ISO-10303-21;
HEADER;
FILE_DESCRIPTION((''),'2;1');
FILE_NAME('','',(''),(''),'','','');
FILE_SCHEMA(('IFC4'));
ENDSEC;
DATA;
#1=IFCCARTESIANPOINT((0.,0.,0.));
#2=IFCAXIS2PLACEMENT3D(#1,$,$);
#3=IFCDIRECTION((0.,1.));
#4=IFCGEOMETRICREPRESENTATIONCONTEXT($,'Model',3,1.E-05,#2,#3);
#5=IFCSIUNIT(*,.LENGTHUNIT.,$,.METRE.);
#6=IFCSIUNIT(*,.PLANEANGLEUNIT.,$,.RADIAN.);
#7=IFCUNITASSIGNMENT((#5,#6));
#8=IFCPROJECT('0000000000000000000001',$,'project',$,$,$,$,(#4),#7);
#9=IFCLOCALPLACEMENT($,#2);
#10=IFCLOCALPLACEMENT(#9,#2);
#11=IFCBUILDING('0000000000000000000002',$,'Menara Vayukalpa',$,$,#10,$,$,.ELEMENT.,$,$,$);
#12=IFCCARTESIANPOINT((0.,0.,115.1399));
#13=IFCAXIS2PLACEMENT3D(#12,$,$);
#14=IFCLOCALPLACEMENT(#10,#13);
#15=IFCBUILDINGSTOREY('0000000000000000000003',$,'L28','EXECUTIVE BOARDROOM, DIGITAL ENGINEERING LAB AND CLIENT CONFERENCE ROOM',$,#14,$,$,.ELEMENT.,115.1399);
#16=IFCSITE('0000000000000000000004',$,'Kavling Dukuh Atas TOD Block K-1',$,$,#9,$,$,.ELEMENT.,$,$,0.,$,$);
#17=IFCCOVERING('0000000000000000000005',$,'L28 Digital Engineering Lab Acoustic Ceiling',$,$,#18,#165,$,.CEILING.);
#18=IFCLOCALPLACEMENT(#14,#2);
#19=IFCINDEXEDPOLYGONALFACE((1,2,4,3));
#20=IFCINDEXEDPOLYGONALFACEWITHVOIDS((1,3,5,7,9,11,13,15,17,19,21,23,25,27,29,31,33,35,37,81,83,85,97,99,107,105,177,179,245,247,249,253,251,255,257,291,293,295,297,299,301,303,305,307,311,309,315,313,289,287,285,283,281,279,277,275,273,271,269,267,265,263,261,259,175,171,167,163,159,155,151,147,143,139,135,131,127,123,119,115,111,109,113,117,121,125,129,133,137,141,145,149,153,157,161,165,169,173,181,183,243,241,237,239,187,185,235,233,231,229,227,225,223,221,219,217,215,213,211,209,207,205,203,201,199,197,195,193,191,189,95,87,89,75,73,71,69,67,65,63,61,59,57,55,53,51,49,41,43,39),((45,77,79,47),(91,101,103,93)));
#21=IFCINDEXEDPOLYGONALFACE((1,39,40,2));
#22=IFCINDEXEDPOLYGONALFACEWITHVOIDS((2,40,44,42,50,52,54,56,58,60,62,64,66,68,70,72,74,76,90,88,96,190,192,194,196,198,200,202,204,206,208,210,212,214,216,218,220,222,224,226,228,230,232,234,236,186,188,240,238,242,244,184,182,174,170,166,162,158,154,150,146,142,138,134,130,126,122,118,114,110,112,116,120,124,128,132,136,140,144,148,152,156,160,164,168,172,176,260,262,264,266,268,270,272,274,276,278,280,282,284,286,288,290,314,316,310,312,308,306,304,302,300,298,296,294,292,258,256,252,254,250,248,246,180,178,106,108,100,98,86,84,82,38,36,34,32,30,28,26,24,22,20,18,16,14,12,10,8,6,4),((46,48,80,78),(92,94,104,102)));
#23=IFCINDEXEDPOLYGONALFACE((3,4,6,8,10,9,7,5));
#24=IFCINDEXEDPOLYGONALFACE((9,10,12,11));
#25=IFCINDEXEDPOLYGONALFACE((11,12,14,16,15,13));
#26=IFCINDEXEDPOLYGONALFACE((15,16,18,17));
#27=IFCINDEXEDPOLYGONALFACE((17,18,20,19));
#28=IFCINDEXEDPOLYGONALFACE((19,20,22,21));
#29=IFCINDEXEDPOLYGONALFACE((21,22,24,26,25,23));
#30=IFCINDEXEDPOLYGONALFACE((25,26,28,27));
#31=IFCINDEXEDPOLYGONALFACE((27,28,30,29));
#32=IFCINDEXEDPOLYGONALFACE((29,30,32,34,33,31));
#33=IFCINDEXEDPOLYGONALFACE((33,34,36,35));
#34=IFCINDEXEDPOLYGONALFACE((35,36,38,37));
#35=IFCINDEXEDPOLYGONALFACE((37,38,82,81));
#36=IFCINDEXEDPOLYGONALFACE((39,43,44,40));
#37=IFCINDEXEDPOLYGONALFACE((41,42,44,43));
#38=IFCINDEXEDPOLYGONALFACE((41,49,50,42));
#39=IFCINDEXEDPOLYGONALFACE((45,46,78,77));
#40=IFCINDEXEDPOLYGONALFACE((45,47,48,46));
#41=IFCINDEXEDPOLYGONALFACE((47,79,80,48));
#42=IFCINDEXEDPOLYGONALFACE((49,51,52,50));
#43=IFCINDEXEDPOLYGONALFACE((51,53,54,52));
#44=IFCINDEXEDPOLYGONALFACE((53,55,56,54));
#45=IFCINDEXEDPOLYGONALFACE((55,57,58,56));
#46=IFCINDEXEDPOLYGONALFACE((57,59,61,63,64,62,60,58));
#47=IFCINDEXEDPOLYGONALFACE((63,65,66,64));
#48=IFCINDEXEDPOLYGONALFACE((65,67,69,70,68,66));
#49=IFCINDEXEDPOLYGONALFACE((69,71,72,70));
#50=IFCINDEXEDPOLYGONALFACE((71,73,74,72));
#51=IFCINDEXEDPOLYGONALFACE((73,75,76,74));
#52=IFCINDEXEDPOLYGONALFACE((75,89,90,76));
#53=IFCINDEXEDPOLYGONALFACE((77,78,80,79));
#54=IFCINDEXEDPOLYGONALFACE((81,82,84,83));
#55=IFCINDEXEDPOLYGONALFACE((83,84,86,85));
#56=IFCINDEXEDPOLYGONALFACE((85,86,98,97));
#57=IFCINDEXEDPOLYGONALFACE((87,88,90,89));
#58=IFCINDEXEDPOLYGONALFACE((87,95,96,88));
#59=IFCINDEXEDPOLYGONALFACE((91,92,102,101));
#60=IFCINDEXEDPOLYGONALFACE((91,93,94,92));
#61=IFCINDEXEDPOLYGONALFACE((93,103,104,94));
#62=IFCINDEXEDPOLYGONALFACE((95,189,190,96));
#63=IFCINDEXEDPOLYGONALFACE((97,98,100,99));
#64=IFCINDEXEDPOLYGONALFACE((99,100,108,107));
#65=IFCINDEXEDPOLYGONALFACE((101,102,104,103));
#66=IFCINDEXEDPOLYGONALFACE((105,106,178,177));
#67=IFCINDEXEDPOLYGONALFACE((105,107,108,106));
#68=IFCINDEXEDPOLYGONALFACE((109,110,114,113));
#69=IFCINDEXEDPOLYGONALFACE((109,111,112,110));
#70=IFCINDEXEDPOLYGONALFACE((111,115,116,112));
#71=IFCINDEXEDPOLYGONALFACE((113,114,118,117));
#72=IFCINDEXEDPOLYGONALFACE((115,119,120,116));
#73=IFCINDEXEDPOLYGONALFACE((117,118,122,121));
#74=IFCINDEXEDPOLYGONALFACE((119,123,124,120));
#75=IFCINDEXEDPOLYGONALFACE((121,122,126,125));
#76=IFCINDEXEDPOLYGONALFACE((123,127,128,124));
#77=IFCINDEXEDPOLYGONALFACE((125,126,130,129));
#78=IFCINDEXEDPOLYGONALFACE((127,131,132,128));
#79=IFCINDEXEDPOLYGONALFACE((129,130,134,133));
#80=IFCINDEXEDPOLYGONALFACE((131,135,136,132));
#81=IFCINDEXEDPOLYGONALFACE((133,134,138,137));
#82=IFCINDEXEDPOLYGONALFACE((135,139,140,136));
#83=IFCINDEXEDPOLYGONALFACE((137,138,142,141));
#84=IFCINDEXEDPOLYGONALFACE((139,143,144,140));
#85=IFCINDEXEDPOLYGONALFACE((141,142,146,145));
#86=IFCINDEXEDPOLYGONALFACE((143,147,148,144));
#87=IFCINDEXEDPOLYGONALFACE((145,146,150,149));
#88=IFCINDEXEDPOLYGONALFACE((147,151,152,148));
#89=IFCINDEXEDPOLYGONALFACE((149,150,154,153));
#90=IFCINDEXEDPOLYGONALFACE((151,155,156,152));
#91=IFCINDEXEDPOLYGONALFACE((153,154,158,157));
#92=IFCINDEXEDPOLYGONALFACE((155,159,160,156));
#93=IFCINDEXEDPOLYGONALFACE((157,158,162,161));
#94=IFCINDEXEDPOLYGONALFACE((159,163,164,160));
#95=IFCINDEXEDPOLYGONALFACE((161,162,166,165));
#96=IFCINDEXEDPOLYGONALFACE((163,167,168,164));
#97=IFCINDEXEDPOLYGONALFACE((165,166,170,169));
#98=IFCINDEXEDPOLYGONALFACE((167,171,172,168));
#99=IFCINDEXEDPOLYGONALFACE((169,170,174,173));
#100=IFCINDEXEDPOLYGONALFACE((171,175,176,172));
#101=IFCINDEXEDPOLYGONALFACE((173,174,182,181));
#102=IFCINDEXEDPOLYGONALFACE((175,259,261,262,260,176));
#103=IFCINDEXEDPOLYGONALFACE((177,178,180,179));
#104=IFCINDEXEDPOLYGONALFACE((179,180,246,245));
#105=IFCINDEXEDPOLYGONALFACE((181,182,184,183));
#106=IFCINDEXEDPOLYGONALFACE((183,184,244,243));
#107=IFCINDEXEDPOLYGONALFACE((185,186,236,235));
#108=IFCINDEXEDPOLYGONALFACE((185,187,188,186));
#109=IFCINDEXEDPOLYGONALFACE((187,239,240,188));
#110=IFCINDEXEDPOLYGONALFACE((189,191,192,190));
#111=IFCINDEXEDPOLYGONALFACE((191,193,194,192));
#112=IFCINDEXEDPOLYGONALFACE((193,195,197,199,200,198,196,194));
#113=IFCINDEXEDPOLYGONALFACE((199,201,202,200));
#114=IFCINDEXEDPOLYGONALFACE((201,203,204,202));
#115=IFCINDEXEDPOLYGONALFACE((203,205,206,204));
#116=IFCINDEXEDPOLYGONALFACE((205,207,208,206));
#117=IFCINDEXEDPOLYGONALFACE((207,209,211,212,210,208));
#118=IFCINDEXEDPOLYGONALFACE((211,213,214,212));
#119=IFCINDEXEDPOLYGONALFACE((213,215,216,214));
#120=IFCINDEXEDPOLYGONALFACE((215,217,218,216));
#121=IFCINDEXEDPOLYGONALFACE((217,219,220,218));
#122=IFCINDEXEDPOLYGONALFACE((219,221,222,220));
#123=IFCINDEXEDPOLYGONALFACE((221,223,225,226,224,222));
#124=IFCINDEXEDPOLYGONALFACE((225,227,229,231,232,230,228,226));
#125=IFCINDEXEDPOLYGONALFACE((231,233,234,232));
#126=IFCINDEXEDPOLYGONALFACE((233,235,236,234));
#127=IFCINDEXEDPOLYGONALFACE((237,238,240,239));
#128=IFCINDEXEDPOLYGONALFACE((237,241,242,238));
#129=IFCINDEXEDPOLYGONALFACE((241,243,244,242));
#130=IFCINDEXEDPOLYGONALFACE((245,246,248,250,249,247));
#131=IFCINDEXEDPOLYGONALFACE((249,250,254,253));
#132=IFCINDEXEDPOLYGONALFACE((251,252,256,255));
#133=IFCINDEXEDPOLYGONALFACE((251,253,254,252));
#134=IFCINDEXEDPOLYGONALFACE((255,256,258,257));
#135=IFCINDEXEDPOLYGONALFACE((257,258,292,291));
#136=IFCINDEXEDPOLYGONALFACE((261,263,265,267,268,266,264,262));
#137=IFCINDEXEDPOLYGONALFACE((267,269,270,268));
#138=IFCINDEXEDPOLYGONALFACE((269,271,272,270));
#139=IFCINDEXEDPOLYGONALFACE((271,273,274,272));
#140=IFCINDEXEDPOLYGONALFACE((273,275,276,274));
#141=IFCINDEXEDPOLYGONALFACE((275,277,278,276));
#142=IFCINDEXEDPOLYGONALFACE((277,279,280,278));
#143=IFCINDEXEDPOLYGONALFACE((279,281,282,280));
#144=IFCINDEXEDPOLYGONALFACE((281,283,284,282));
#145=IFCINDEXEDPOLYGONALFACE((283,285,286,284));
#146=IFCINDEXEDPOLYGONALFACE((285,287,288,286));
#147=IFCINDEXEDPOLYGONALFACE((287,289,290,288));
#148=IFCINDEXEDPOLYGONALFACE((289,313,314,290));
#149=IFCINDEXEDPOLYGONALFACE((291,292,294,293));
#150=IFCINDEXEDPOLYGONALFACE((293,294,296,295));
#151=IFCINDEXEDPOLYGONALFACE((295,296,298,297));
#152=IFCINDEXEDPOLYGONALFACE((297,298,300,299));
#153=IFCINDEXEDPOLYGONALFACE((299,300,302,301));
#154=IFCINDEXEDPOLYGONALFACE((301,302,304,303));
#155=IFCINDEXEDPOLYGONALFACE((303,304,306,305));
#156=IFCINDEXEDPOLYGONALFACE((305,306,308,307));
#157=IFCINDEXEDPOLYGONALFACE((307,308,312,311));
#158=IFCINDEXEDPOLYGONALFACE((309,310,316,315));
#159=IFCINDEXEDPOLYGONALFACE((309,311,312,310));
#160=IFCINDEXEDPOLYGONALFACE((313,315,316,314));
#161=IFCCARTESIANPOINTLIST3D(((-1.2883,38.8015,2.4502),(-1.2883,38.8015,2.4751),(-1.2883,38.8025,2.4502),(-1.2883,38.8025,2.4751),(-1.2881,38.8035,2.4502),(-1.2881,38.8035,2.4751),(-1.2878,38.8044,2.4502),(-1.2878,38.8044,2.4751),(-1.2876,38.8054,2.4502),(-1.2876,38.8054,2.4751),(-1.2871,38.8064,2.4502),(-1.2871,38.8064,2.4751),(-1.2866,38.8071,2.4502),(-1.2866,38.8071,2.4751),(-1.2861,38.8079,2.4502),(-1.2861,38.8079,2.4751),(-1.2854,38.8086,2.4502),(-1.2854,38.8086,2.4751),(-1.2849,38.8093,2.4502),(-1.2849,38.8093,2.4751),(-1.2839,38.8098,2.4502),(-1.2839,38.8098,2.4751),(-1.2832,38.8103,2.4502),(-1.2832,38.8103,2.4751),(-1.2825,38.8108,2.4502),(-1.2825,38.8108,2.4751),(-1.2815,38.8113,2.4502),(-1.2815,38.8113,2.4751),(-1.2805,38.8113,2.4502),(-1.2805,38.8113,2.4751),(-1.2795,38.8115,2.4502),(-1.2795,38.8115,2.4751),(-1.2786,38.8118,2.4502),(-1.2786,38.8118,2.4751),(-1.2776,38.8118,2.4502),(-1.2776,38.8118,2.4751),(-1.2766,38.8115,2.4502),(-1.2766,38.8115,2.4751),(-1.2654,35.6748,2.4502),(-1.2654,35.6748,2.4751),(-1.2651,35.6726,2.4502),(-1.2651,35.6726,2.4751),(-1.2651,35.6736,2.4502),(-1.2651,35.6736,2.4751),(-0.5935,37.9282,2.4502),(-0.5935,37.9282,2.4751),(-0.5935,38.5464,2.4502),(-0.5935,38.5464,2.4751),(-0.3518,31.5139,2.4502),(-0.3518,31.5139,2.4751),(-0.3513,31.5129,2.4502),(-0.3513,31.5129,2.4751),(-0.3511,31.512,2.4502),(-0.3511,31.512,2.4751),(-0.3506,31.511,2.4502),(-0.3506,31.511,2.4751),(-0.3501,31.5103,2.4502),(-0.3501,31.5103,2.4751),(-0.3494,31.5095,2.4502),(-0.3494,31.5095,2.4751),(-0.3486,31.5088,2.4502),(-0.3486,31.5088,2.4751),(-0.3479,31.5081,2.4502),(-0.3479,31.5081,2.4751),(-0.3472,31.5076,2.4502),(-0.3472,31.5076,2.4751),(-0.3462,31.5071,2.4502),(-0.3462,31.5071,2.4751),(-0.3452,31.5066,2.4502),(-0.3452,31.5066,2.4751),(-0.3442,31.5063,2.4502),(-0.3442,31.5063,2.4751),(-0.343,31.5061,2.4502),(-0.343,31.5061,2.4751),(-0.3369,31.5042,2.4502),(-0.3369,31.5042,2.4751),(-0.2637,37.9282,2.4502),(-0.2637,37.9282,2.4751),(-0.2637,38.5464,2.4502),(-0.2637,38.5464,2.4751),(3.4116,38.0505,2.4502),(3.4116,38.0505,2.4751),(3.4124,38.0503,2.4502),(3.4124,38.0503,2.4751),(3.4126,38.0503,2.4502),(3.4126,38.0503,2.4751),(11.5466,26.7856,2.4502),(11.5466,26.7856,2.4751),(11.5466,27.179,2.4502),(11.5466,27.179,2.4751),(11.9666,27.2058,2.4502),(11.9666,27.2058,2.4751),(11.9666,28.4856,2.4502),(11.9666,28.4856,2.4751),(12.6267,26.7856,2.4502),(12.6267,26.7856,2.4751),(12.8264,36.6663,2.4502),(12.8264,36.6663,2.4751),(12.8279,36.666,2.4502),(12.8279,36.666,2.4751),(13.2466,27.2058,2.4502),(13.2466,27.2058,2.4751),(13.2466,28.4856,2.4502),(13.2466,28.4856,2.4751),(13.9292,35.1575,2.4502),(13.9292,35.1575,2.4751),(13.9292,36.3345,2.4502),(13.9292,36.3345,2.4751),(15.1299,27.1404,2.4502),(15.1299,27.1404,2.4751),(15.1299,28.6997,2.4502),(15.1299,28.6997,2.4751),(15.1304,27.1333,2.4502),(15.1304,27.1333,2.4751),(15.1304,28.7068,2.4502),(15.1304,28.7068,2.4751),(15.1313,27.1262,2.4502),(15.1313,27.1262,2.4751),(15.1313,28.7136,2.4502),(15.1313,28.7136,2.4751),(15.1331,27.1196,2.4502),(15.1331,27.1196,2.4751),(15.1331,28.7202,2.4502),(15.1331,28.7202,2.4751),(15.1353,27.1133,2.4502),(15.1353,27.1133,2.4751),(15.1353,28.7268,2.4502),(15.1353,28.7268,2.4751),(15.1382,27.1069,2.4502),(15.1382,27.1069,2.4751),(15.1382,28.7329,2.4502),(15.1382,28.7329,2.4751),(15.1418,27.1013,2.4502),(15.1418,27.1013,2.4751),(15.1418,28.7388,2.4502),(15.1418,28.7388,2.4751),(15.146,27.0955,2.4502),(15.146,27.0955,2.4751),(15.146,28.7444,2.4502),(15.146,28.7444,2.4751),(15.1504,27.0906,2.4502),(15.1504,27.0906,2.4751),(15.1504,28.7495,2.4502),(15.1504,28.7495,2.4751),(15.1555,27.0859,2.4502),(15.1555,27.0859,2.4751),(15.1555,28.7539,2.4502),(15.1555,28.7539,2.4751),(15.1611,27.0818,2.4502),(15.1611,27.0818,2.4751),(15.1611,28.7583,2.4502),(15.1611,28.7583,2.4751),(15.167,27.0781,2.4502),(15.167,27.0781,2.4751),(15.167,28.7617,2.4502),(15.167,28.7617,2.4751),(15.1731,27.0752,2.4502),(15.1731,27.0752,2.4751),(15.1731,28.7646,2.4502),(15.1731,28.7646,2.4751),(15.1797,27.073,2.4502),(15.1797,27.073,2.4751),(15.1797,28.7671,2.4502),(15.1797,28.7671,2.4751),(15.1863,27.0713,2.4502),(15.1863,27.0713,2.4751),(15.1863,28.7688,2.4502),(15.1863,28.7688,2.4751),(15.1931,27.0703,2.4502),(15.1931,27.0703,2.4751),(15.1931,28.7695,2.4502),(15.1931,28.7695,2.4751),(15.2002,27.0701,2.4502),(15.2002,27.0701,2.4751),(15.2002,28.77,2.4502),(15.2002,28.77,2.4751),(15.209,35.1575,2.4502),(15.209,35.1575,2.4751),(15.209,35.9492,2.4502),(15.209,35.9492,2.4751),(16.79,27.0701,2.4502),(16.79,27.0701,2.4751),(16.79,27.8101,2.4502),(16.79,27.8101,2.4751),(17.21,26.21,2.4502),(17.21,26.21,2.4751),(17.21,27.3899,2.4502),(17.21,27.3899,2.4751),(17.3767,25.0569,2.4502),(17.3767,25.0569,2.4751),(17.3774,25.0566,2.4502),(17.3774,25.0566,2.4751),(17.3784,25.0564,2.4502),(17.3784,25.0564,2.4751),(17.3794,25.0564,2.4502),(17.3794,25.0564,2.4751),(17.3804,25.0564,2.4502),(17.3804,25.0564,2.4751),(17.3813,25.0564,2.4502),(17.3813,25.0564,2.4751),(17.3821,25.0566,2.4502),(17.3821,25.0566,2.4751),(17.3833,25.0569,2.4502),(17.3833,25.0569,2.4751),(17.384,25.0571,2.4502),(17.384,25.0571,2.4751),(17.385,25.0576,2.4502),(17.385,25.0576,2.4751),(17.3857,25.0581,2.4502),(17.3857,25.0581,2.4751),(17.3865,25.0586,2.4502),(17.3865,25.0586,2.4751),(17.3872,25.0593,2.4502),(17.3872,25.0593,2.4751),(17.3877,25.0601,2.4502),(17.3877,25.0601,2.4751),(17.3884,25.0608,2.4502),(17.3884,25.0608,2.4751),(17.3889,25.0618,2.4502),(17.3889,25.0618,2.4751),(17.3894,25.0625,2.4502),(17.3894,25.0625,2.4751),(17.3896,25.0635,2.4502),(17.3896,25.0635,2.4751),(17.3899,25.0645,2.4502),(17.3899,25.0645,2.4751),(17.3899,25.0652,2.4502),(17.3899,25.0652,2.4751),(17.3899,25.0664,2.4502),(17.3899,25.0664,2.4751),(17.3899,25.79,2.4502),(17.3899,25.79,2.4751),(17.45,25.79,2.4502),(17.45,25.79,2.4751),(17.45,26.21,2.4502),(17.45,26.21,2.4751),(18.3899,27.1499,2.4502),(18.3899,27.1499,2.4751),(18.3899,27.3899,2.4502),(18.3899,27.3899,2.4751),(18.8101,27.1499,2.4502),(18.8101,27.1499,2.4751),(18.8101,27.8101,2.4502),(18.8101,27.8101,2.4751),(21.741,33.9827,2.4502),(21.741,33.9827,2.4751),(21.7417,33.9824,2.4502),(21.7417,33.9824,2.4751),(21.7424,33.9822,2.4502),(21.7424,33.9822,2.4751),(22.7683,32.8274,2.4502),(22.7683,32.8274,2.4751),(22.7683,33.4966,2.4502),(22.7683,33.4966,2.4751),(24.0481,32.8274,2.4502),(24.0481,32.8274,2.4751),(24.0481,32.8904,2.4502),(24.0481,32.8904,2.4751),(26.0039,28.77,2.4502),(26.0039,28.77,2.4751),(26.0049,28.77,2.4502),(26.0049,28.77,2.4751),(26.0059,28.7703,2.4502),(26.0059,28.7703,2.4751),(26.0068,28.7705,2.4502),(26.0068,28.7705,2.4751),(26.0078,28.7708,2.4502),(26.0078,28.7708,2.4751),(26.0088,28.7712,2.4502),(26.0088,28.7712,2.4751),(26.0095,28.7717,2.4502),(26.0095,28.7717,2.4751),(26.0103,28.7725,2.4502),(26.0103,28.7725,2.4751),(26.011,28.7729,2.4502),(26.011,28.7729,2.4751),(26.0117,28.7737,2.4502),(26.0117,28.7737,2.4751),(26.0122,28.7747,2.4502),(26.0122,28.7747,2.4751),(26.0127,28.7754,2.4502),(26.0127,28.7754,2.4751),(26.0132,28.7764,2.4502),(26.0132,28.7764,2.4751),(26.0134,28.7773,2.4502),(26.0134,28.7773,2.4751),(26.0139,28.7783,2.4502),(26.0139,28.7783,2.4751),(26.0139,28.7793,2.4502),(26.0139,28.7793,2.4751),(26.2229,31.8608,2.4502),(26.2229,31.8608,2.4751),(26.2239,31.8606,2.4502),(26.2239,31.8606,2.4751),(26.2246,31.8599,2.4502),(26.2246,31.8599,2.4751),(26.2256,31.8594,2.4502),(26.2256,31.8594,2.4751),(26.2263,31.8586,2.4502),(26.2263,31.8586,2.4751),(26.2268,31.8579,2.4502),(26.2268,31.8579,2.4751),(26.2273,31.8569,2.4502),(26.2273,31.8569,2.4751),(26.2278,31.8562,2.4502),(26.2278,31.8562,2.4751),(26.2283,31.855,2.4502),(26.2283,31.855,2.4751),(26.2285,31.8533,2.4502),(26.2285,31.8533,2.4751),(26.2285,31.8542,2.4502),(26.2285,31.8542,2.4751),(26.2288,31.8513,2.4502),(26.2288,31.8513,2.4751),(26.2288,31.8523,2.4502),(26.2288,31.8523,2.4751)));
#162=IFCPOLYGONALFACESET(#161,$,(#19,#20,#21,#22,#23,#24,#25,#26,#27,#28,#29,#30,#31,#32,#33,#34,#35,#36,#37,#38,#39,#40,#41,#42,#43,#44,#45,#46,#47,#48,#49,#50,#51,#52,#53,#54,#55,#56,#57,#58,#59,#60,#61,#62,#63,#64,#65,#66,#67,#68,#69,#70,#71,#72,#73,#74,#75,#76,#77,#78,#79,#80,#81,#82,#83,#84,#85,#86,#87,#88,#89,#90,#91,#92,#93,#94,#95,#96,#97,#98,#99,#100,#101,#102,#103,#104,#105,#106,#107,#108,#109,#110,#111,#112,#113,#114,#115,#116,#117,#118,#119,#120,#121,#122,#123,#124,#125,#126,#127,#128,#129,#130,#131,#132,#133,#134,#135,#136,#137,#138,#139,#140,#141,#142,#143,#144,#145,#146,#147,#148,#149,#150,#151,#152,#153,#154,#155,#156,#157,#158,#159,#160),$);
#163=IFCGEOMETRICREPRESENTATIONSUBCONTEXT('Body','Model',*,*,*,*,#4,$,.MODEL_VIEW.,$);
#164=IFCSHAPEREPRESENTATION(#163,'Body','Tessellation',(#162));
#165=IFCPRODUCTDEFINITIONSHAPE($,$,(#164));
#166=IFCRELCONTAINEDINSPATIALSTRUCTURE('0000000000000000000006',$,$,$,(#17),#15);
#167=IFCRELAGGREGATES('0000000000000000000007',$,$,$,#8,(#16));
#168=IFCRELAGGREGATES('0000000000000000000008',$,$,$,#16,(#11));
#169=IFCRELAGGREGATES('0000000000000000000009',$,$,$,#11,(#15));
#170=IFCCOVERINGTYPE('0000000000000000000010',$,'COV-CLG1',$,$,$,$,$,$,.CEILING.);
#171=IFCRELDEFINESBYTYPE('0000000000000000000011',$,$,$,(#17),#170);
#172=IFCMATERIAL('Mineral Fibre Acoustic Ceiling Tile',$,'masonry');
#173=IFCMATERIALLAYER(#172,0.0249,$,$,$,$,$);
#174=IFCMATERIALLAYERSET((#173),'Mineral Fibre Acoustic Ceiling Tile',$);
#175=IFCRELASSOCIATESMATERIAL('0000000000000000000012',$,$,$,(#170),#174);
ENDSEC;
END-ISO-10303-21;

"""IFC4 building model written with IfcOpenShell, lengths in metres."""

from ifc_helpers import new_model, si_unit, direction, frame, origin, place, context, subcontext, project, spatial, polyline, outline, extrude, material, layer, layer_set, type_object, element, save


model = new_model("IFC4")

# Units and contexts
model_context = context("Model", 3, precision=1e-05, world=origin(), true_north=direction((0.0, 1.0)))
body_context = subcontext(model_context, "Body", "Model", "MODEL_VIEW")
ifc_project = project(units=[si_unit("LENGTHUNIT", "METRE"), si_unit("PLANEANGLEUNIT", "RADIAN")], contexts=[model_context])

# Site, building, storey
site_placement = place(None, origin())
site = spatial("IfcSite", under=ifc_project, at=site_placement, Name="Kavling Dukuh Atas TOD Block K-1", CompositionType="ELEMENT", RefElevation=0.0)
building_placement = place(site_placement, origin())
building = spatial("IfcBuilding", under=site, at=building_placement, Name="Menara Vayukalpa", CompositionType="ELEMENT")
storey_placement = place(building_placement, frame((0.0, 0.0, 115.1399)))
storey = spatial("IfcBuildingStorey", under=building, at=storey_placement, Name="L28", Description="EXECUTIVE BOARDROOM, DIGITAL ENGINEERING LAB AND CLIENT CONFERENCE ROOM", CompositionType="ELEMENT", Elevation=115.1399)

# Covering
ifc_material_1 = material(Name="Mineral Fibre Acoustic Ceiling Tile", Category="masonry")
ifc_layer_1 = layer(ifc_material_1, 0.0249)
ifc_layer_set_1 = layer_set([ifc_layer_1], Name="Mineral Fibre Acoustic Ceiling Tile")
covering_type_1 = type_object("IfcCoveringType", Name="COV-CLG1", PredefinedType="CEILING", material=ifc_layer_set_1)
covering_1_placement = place(storey_placement, frame((0.0, 0.0, 2.4502)))
element("IfcCovering", 1, at=covering_1_placement, inside=storey, type_object=covering_type_1, Name="L28 Digital Engineering Lab Acoustic Ceiling", PredefinedType="CEILING", context=body_context, shape_type="SweptSolid", body=[
    extrude(outline(polyline([(18.8101, 27.1499), (18.3899, 27.1499), (18.3899, 27.3899), (17.21, 27.3899), (17.21, 26.21), (17.45, 26.21), (17.45, 25.79), (17.3899, 25.79), (17.3899, 25.0664), (17.3899, 25.0652), (17.3899, 25.0645), (17.3896, 25.0635), (17.3894, 25.0625), (17.3889, 25.0618), (17.3884, 25.0608), (17.3877, 25.0601), (17.3872, 25.0593), (17.3865, 25.0586), (17.3857, 25.0581), (17.385, 25.0576), (17.384, 25.0571), (17.3833, 25.0569), (17.3821, 25.0566), (17.3813, 25.0564), (17.3804, 25.0564), (17.3794, 25.0564), (17.3784, 25.0564), (17.3774, 25.0566), (17.3767, 25.0569), (12.6267, 26.7856), (11.5466, 26.7856), (11.5466, 27.179), (-0.3369, 31.5042), (-0.343, 31.5061), (-0.3442, 31.5063), (-0.3452, 31.5066), (-0.3462, 31.5071), (-0.3472, 31.5076), (-0.3479, 31.5081), (-0.3486, 31.5088), (-0.3494, 31.5095), (-0.3501, 31.5103), (-0.3506, 31.511), (-0.3511, 31.512), (-0.3513, 31.5129), (-0.3518, 31.5139), (-1.2651, 35.6726), (-1.2651, 35.6736), (-1.2654, 35.6748), (-1.2883, 38.8015), (-1.2883, 38.8025), (-1.2881, 38.8035), (-1.2878, 38.8044), (-1.2876, 38.8054), (-1.2871, 38.8064), (-1.2866, 38.8071), (-1.2861, 38.8079), (-1.2854, 38.8086), (-1.2849, 38.8093), (-1.2839, 38.8098), (-1.2832, 38.8103), (-1.2825, 38.8108), (-1.2815, 38.8113), (-1.2805, 38.8113), (-1.2795, 38.8115), (-1.2786, 38.8118), (-1.2776, 38.8118), (-1.2766, 38.8115), (3.4116, 38.0505), (3.4124, 38.0503), (3.4126, 38.0503), (12.8264, 36.6663), (12.8279, 36.666), (13.9292, 36.3345), (13.9292, 35.1575), (15.209, 35.1575), (15.209, 35.9492), (21.741, 33.9827), (21.7417, 33.9824), (21.7424, 33.9822), (22.7683, 33.4966), (22.7683, 32.8274), (24.0481, 32.8274), (24.0481, 32.8904), (26.2229, 31.8608), (26.2239, 31.8606), (26.2246, 31.8599), (26.2256, 31.8594), (26.2263, 31.8586), (26.2268, 31.8579), (26.2273, 31.8569), (26.2278, 31.8562), (26.2283, 31.855), (26.2285, 31.8542), (26.2285, 31.8533), (26.2288, 31.8523), (26.2288, 31.8513), (26.0139, 28.7793), (26.0139, 28.7783), (26.0134, 28.7773), (26.0132, 28.7764), (26.0127, 28.7754), (26.0122, 28.7747), (26.0117, 28.7737), (26.011, 28.7729), (26.0103, 28.7725), (26.0095, 28.7717), (26.0088, 28.7712), (26.0078, 28.7708), (26.0068, 28.7705), (26.0059, 28.7703), (26.0049, 28.77), (26.0039, 28.77), (15.2002, 28.77), (15.1931, 28.7695), (15.1863, 28.7688), (15.1797, 28.7671), (15.1731, 28.7646), (15.167, 28.7617), (15.1611, 28.7583), (15.1555, 28.7539), (15.1504, 28.7495), (15.146, 28.7444), (15.1418, 28.7388), (15.1382, 28.7329), (15.1353, 28.7268), (15.1331, 28.7202), (15.1313, 28.7136), (15.1304, 28.7068), (15.1299, 28.6997), (15.1299, 27.1404), (15.1304, 27.1333), (15.1313, 27.1262), (15.1331, 27.1196), (15.1353, 27.1133), (15.1382, 27.1069), (15.1418, 27.1013), (15.146, 27.0955), (15.1504, 27.0906), (15.1555, 27.0859), (15.1611, 27.0818), (15.167, 27.0781), (15.1731, 27.0752), (15.1797, 27.073), (15.1863, 27.0713), (15.1931, 27.0703), (15.2002, 27.0701), (16.79, 27.0701), (16.79, 27.8101), (18.8101, 27.8101), (18.8101, 27.1499)]), holes=[polyline([(13.2466, 28.4856), (11.9666, 28.4856), (11.9666, 27.2058), (13.2466, 27.2058), (13.2466, 28.4856)]), polyline([(-0.2637, 38.5464), (-0.5935, 38.5464), (-0.5935, 37.9282), (-0.2637, 37.9282), (-0.2637, 38.5464)])]), origin(), (0.0, 0.0, 1.0), 0.0249),
])

save(model, "model.ifc")
